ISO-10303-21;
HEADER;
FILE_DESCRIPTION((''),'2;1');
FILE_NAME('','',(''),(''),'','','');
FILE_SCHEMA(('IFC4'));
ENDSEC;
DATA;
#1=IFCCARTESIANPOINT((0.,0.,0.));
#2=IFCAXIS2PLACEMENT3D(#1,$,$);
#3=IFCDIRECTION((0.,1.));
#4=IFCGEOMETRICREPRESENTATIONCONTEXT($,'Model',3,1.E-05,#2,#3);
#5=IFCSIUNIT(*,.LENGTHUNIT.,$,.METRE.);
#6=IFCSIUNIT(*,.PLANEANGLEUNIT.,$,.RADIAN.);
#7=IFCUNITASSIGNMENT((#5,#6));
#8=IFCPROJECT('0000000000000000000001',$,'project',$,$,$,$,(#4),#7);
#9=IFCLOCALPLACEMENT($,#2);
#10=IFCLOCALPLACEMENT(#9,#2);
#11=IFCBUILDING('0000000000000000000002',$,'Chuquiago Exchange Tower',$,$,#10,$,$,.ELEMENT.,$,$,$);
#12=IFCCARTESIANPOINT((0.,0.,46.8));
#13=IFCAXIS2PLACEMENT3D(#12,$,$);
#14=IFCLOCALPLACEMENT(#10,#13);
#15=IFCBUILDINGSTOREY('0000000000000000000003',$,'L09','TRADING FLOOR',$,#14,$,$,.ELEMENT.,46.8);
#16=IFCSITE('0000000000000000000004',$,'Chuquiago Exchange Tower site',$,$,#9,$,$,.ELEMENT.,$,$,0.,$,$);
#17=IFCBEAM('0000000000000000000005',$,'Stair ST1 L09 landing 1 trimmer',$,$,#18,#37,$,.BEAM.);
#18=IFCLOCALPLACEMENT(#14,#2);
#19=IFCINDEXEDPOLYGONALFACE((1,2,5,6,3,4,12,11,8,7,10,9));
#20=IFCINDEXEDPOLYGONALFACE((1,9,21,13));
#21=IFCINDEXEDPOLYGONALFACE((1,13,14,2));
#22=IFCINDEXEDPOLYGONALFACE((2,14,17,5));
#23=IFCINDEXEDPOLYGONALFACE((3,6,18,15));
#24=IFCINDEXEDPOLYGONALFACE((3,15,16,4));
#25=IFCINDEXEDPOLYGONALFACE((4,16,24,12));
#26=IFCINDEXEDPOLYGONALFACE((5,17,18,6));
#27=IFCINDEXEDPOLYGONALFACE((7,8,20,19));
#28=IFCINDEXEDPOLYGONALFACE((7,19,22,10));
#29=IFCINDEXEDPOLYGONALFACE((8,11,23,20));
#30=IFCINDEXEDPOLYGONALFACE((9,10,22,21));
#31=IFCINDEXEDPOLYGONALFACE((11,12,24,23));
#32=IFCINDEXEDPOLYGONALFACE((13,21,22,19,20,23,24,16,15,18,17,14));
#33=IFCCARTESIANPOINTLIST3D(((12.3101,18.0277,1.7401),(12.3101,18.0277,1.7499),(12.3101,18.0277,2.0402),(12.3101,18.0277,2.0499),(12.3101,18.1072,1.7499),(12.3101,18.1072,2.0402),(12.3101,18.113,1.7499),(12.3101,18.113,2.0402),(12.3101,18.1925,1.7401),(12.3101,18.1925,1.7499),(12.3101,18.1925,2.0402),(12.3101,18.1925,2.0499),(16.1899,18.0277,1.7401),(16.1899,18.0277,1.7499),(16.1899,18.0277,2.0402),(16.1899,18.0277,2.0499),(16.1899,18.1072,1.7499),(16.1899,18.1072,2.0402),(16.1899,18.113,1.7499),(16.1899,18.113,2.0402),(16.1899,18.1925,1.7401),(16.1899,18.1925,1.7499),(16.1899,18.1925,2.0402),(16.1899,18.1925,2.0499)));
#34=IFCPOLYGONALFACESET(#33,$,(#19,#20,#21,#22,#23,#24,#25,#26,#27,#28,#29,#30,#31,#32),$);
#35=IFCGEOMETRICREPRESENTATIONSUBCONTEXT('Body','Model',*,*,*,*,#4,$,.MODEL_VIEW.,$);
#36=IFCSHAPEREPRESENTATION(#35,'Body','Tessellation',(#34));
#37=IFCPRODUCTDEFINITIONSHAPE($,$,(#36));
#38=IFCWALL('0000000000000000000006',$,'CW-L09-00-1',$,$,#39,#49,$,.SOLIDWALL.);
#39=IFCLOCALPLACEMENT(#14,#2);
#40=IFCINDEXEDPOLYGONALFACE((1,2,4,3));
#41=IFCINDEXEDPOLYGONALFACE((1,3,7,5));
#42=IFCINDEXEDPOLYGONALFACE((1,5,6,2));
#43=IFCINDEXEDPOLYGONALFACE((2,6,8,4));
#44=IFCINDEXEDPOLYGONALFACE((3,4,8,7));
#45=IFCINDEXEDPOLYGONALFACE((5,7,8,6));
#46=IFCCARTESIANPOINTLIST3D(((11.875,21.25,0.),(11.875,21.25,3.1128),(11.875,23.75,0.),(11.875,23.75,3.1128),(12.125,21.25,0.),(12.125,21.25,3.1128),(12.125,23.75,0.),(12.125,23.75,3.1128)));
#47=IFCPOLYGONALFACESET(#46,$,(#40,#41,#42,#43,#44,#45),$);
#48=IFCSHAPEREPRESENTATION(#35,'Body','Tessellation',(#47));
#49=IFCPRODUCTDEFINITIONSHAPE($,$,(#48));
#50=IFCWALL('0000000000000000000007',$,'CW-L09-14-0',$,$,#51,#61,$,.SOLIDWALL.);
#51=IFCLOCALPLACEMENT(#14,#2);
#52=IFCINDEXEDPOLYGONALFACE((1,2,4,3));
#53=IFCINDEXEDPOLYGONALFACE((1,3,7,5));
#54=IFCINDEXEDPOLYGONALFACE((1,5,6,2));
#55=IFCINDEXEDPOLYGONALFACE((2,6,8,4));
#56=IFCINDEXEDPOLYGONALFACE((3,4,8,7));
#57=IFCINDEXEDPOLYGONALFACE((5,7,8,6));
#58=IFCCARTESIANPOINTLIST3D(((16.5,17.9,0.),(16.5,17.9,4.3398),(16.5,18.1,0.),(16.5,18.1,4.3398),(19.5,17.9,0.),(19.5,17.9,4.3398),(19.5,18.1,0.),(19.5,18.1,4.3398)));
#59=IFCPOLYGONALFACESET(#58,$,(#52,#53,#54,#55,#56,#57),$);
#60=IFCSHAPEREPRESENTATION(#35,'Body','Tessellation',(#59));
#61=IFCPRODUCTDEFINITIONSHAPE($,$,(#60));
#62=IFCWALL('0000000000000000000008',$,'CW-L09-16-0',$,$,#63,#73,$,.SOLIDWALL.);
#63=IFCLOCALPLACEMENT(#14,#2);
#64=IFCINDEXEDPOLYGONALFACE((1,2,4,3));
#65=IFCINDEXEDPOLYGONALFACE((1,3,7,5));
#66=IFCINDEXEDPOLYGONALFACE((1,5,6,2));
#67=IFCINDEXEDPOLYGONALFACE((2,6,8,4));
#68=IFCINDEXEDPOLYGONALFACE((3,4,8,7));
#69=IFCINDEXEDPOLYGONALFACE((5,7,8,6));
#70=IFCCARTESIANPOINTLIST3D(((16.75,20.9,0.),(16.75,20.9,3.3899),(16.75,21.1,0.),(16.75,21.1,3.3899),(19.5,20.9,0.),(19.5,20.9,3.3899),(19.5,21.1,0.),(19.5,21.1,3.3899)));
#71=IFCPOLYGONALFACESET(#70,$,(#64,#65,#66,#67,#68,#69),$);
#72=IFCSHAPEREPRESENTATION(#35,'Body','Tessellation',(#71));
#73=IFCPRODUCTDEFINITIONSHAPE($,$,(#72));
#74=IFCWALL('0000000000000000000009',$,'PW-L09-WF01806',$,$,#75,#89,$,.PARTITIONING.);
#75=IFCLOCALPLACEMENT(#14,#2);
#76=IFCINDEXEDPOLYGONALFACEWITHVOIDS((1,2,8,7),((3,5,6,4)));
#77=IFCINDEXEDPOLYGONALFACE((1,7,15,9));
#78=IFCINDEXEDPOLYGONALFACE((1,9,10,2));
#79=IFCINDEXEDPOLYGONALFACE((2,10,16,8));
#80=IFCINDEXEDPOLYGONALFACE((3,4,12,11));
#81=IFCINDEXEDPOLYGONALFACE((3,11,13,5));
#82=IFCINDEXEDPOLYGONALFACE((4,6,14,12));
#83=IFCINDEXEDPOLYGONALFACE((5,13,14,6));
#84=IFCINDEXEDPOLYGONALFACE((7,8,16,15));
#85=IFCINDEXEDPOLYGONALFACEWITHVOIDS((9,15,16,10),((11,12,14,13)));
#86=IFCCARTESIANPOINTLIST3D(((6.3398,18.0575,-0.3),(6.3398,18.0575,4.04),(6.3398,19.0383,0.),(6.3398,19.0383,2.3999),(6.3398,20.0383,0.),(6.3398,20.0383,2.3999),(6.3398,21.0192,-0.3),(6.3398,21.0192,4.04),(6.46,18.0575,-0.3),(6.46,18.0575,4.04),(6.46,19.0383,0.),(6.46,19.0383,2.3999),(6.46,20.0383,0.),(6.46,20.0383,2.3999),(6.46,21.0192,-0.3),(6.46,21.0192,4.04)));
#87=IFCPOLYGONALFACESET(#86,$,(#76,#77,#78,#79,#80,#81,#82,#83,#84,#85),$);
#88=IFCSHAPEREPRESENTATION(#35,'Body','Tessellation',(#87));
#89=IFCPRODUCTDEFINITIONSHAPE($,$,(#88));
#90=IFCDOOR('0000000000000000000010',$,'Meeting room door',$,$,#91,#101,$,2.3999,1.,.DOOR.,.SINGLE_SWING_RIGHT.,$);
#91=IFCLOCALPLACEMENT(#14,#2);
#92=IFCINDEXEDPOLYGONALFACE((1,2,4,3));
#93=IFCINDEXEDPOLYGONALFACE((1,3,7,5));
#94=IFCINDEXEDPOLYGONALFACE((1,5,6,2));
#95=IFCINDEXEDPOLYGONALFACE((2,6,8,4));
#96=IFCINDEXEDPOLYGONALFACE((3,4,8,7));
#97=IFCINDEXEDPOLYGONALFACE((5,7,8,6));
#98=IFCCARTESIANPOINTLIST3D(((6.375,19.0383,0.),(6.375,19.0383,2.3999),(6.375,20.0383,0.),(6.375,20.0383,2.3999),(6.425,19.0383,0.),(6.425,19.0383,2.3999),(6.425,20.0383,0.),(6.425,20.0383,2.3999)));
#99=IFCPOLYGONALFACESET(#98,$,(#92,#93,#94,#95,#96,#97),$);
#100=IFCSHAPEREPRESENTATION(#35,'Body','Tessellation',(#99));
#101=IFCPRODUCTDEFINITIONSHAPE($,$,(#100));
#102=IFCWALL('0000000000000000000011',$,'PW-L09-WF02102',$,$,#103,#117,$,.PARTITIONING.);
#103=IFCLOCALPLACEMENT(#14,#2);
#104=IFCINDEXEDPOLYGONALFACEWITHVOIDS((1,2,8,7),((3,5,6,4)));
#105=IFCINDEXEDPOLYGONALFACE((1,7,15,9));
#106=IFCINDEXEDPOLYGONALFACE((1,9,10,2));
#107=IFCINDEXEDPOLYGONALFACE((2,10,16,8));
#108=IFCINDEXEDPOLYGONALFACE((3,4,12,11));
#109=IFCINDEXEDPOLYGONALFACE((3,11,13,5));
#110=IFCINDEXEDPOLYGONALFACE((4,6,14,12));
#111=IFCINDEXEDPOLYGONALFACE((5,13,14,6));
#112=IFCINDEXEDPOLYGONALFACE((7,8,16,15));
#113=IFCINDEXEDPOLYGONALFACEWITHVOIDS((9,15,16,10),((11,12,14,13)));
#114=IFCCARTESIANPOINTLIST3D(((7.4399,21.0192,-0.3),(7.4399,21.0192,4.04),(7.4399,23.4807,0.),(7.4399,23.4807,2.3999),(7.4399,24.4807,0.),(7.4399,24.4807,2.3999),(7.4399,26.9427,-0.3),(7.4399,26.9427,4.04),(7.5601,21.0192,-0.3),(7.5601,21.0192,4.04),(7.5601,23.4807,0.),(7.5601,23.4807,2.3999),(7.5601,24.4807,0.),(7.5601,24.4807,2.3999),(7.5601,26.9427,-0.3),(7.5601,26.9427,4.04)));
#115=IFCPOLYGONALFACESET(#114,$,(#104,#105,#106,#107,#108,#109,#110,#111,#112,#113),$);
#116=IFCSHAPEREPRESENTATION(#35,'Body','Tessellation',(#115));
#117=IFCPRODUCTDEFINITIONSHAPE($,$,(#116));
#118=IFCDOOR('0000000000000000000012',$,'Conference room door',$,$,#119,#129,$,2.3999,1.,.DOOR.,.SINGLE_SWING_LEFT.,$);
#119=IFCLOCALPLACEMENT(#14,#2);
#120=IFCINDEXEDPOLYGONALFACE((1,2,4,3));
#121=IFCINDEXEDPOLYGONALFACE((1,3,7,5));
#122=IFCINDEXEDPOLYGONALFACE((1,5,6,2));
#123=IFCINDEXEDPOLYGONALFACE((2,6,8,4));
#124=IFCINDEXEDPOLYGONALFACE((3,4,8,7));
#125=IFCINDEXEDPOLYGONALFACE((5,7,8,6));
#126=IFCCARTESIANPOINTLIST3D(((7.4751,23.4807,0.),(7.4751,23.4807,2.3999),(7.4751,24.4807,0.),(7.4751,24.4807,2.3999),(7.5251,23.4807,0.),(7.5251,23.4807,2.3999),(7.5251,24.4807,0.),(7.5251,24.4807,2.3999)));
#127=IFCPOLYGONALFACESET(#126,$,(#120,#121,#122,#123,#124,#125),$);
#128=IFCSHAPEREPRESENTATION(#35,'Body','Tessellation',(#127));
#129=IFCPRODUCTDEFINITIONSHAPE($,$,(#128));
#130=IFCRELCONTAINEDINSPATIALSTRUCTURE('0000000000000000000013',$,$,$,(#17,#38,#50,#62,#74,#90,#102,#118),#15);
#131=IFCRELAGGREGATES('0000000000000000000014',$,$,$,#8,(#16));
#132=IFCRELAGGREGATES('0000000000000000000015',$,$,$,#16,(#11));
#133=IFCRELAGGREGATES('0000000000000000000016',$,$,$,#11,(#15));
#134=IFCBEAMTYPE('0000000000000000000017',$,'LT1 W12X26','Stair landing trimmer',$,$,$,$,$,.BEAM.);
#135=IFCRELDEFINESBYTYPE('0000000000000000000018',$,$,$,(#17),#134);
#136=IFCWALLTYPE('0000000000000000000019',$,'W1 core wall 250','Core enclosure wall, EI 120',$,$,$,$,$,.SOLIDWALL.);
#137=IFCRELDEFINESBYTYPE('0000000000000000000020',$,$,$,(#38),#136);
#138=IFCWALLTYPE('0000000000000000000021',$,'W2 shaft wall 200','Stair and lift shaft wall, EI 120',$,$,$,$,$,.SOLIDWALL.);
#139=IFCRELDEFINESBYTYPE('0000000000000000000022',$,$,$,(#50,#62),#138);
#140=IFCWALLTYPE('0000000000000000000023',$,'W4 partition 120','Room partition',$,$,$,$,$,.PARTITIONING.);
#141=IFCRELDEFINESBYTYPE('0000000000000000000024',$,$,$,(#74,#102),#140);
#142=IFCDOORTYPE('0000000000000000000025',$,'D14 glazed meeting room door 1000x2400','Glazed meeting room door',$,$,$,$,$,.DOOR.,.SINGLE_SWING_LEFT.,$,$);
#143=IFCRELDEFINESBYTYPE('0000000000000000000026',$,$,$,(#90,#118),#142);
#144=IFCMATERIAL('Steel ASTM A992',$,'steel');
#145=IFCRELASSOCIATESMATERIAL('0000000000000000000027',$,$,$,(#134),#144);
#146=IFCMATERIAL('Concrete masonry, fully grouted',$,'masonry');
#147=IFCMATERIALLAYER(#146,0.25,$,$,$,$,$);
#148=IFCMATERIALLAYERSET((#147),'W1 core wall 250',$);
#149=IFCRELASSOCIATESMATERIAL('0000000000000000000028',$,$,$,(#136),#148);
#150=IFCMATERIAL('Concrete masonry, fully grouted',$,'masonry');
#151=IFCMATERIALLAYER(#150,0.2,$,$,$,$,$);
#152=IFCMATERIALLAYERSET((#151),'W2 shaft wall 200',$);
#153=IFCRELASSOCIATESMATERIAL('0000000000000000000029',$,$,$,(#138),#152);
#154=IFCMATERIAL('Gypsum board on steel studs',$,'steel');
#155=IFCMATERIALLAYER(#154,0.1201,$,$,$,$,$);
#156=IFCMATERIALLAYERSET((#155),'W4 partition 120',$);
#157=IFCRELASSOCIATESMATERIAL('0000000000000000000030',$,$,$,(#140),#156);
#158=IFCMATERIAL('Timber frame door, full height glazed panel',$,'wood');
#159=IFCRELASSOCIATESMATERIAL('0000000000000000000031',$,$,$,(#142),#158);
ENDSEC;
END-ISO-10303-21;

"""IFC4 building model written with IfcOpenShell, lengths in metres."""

from ifc_helpers import new_model, si_unit, direction, frame, frame_2d, origin, origin_2d, place, context, subcontext, project, spatial, rectangle, i_section, extrude, material, layer, layer_set, material_profile, profile_set, type_object, element, fill, save


model = new_model("IFC4")

# Units and contexts
model_context = context("Model", 3, precision=1e-05, world=origin(), true_north=direction((0.0, 1.0)))
body_context = subcontext(model_context, "Body", "Model", "MODEL_VIEW")
ifc_project = project(units=[si_unit("LENGTHUNIT", "METRE"), si_unit("PLANEANGLEUNIT", "RADIAN")], contexts=[model_context])

# Site, building, storey
site_placement = place(None, origin())
site = spatial("IfcSite", under=ifc_project, at=site_placement, Name="Chuquiago Exchange Tower site", CompositionType="ELEMENT", RefElevation=0.0)
building_placement = place(site_placement, origin())
building = spatial("IfcBuilding", under=site, at=building_placement, Name="Chuquiago Exchange Tower", CompositionType="ELEMENT")
storey_placement = place(building_placement, frame((0.0, 0.0, 46.8)))
storey = spatial("IfcBuildingStorey", under=building, at=storey_placement, Name="L09", Description="TRADING FLOOR", CompositionType="ELEMENT", Elevation=46.8)

# Beam
ifc_material_1 = material(Name="Steel ASTM A992", Category="steel")
ifc_material_profile_1 = material_profile(ifc_material_1, i_section(OverallWidth=0.1648, OverallDepth=0.3098, WebThickness=0.0059, FlangeThickness=0.0098, at=origin_2d()), Name="W12X26")
ifc_profile_set_1 = profile_set([ifc_material_profile_1], Name="Steel ASTM A992")
beam_type_1 = type_object("IfcBeamType", Name="LT1 W12X26", Description="Stair landing trimmer", PredefinedType="BEAM", material=ifc_profile_set_1)
beam_1_placement = place(storey_placement, frame((12.3101, 18.1101, 1.895), z_axis=(1.0, 0.0, 0.0), x_axis=(0.0, 1.0, 0.0)))
element("IfcBeam", 1, at=beam_1_placement, inside=storey, type_object=beam_type_1, Name="Stair ST1 L09 landing 1 trimmer", PredefinedType="BEAM", context=body_context, shape_type="SweptSolid", body=[
    extrude(i_section(OverallWidth=0.1648, OverallDepth=0.3098, WebThickness=0.0059, FlangeThickness=0.0098, at=origin_2d()), origin(), (0.0, 0.0, 1.0), 3.8799),
])

# Walls
ifc_material_2 = material(Name="Concrete masonry, fully grouted", Category="masonry")
ifc_layer_1 = layer(ifc_material_2, 0.25)
ifc_layer_set_1 = layer_set([ifc_layer_1], Name="W1 core wall 250")
wall_type_1 = type_object("IfcWallType", Name="W1 core wall 250", Description="Core enclosure wall, EI 120", PredefinedType="SOLIDWALL", material=ifc_layer_set_1)
wall_1_placement = place(storey_placement, frame((12.0, 21.25, 0.0), z_axis=(0.0, 0.0, 1.0), x_axis=(0.0, 1.0, 0.0)))
element("IfcWall", 2, at=wall_1_placement, inside=storey, type_object=wall_type_1, Name="CW-L09-00-1", PredefinedType="SOLIDWALL", context=body_context, shape_type="SweptSolid", body=[
    extrude(rectangle(XDim=2.5, YDim=0.25, at=frame_2d((1.25, 0.0))), origin(), (0.0, 0.0, 1.0), 3.1128),
])
ifc_material_3 = material(Name="Concrete masonry, fully grouted", Category="masonry")
ifc_layer_2 = layer(ifc_material_3, 0.2)
ifc_layer_set_2 = layer_set([ifc_layer_2], Name="W2 shaft wall 200")
wall_type_2 = type_object("IfcWallType", Name="W2 shaft wall 200", Description="Stair and lift shaft wall, EI 120", PredefinedType="SOLIDWALL", material=ifc_layer_set_2)
wall_2_placement = place(storey_placement, frame((16.5, 18.0, 0.0), z_axis=(0.0, 0.0, 1.0), x_axis=(1.0, 0.0, 0.0)))
element("IfcWall", 3, at=wall_2_placement, inside=storey, type_object=wall_type_2, Name="CW-L09-14-0", PredefinedType="SOLIDWALL", context=body_context, shape_type="SweptSolid", body=[
    extrude(rectangle(XDim=3.0, YDim=0.2, at=frame_2d((1.5, 0.0))), origin(), (0.0, 0.0, 1.0), 4.3398),
])
wall_3_placement = place(storey_placement, frame((16.75, 21.0, 0.0), z_axis=(0.0, 0.0, 1.0), x_axis=(1.0, 0.0, 0.0)))
element("IfcWall", 4, at=wall_3_placement, inside=storey, type_object=wall_type_2, Name="CW-L09-16-0", PredefinedType="SOLIDWALL", context=body_context, shape_type="SweptSolid", body=[
    extrude(rectangle(XDim=2.75, YDim=0.2, at=frame_2d((1.375, 0.0))), origin(), (0.0, 0.0, 1.0), 3.3899),
])

# Walls, openings, doors
ifc_material_4 = material(Name="Gypsum board on steel studs", Category="steel")
ifc_layer_3 = layer(ifc_material_4, 0.1201)
ifc_layer_set_3 = layer_set([ifc_layer_3], Name="W4 partition 120")
wall_type_3 = type_object("IfcWallType", Name="W4 partition 120", Description="Room partition", PredefinedType="PARTITIONING", material=ifc_layer_set_3)
wall_4_placement = place(storey_placement, frame((6.3999, 18.0574, -0.3), z_axis=(0.0, 0.0, 1.0), x_axis=(0.0, 1.0, 0.0)))
wall_4 = element("IfcWall", 5, at=wall_4_placement, inside=storey, type_object=wall_type_3, Name="PW-L09-WF01806", PredefinedType="PARTITIONING", context=body_context, shape_type="SweptSolid", body=[
    extrude(rectangle(XDim=2.9617, YDim=0.1201, at=frame_2d((1.481, 0.0))), origin(), (0.0, 0.0, 1.0), 4.3401),
])
opening_1_placement = place(wall_4_placement, frame((0.981, 0.0, 0.3)))
opening_1 = element("IfcOpeningElement", 6, at=opening_1_placement, cuts=wall_4, PredefinedType="OPENING", context=body_context, shape_type="SweptSolid", body=[
    extrude(rectangle(XDim=1.0, YDim=2.3999, at=frame_2d((0.5, 1.2))), frame((0.0, 0.0701, 0.0), z_axis=(0.0, -1.0, 0.0), x_axis=(1.0, 0.0, 0.0)), (0.0, 0.0, 1.0), 0.1401),
])
ifc_material_5 = material(Name="Timber frame door, full height glazed panel", Category="wood")
door_type = type_object("IfcDoorType", Name="D14 glazed meeting room door 1000x2400", Description="Glazed meeting room door", OperationType="SINGLE_SWING_LEFT", PredefinedType="DOOR", material=ifc_material_5)
door_1_placement = place(opening_1_placement, origin())
door_1 = element("IfcDoor", 7, at=door_1_placement, inside=storey, type_object=door_type, Name="Meeting room door", OperationType="SINGLE_SWING_RIGHT", OverallHeight=2.3999, OverallWidth=1.0, PredefinedType="DOOR", context=body_context, shape_type="SweptSolid", body=[
    extrude(rectangle(XDim=1.0, YDim=2.3999, at=frame_2d((0.5, 1.2))), frame((0.0, 0.0249, 0.0), z_axis=(0.0, -1.0, 0.0), x_axis=(1.0, 0.0, 0.0)), (0.0, 0.0, 1.0), 0.05),
])
fill(opening_1, door_1)
wall_5_placement = place(storey_placement, frame((7.5, 21.019, -0.3), z_axis=(0.0, 0.0, 1.0), x_axis=(0.0, 1.0, 0.0)))
wall_5 = element("IfcWall", 8, at=wall_5_placement, inside=storey, type_object=wall_type_3, Name="PW-L09-WF02102", PredefinedType="PARTITIONING", context=body_context, shape_type="SweptSolid", body=[
    extrude(rectangle(XDim=5.9236, YDim=0.1201, at=frame_2d((2.9619, 0.0))), origin(), (0.0, 0.0, 1.0), 4.3401),
])
opening_2_placement = place(wall_5_placement, frame((2.4617, 0.0, 0.3)))
opening_2 = element("IfcOpeningElement", 9, at=opening_2_placement, cuts=wall_5, PredefinedType="OPENING", context=body_context, shape_type="SweptSolid", body=[
    extrude(rectangle(XDim=1.0, YDim=2.3999, at=frame_2d((0.5, 1.2))), frame((0.0, 0.0701, 0.0), z_axis=(0.0, -1.0, 0.0), x_axis=(1.0, 0.0, 0.0)), (0.0, 0.0, 1.0), 0.1401),
])
door_2_placement = place(opening_2_placement, origin())
door_2 = element("IfcDoor", 10, at=door_2_placement, inside=storey, type_object=door_type, Name="Conference room door", OperationType="SINGLE_SWING_LEFT", OverallHeight=2.3999, OverallWidth=1.0, PredefinedType="DOOR", context=body_context, shape_type="SweptSolid", body=[
    extrude(rectangle(XDim=1.0, YDim=2.3999, at=frame_2d((0.5, 1.2))), frame((0.0, 0.0249, 0.0), z_axis=(0.0, -1.0, 0.0), x_axis=(1.0, 0.0, 0.0)), (0.0, 0.0, 1.0), 0.05),
])
fill(opening_2, door_2)

save(model, "model.ifc")
